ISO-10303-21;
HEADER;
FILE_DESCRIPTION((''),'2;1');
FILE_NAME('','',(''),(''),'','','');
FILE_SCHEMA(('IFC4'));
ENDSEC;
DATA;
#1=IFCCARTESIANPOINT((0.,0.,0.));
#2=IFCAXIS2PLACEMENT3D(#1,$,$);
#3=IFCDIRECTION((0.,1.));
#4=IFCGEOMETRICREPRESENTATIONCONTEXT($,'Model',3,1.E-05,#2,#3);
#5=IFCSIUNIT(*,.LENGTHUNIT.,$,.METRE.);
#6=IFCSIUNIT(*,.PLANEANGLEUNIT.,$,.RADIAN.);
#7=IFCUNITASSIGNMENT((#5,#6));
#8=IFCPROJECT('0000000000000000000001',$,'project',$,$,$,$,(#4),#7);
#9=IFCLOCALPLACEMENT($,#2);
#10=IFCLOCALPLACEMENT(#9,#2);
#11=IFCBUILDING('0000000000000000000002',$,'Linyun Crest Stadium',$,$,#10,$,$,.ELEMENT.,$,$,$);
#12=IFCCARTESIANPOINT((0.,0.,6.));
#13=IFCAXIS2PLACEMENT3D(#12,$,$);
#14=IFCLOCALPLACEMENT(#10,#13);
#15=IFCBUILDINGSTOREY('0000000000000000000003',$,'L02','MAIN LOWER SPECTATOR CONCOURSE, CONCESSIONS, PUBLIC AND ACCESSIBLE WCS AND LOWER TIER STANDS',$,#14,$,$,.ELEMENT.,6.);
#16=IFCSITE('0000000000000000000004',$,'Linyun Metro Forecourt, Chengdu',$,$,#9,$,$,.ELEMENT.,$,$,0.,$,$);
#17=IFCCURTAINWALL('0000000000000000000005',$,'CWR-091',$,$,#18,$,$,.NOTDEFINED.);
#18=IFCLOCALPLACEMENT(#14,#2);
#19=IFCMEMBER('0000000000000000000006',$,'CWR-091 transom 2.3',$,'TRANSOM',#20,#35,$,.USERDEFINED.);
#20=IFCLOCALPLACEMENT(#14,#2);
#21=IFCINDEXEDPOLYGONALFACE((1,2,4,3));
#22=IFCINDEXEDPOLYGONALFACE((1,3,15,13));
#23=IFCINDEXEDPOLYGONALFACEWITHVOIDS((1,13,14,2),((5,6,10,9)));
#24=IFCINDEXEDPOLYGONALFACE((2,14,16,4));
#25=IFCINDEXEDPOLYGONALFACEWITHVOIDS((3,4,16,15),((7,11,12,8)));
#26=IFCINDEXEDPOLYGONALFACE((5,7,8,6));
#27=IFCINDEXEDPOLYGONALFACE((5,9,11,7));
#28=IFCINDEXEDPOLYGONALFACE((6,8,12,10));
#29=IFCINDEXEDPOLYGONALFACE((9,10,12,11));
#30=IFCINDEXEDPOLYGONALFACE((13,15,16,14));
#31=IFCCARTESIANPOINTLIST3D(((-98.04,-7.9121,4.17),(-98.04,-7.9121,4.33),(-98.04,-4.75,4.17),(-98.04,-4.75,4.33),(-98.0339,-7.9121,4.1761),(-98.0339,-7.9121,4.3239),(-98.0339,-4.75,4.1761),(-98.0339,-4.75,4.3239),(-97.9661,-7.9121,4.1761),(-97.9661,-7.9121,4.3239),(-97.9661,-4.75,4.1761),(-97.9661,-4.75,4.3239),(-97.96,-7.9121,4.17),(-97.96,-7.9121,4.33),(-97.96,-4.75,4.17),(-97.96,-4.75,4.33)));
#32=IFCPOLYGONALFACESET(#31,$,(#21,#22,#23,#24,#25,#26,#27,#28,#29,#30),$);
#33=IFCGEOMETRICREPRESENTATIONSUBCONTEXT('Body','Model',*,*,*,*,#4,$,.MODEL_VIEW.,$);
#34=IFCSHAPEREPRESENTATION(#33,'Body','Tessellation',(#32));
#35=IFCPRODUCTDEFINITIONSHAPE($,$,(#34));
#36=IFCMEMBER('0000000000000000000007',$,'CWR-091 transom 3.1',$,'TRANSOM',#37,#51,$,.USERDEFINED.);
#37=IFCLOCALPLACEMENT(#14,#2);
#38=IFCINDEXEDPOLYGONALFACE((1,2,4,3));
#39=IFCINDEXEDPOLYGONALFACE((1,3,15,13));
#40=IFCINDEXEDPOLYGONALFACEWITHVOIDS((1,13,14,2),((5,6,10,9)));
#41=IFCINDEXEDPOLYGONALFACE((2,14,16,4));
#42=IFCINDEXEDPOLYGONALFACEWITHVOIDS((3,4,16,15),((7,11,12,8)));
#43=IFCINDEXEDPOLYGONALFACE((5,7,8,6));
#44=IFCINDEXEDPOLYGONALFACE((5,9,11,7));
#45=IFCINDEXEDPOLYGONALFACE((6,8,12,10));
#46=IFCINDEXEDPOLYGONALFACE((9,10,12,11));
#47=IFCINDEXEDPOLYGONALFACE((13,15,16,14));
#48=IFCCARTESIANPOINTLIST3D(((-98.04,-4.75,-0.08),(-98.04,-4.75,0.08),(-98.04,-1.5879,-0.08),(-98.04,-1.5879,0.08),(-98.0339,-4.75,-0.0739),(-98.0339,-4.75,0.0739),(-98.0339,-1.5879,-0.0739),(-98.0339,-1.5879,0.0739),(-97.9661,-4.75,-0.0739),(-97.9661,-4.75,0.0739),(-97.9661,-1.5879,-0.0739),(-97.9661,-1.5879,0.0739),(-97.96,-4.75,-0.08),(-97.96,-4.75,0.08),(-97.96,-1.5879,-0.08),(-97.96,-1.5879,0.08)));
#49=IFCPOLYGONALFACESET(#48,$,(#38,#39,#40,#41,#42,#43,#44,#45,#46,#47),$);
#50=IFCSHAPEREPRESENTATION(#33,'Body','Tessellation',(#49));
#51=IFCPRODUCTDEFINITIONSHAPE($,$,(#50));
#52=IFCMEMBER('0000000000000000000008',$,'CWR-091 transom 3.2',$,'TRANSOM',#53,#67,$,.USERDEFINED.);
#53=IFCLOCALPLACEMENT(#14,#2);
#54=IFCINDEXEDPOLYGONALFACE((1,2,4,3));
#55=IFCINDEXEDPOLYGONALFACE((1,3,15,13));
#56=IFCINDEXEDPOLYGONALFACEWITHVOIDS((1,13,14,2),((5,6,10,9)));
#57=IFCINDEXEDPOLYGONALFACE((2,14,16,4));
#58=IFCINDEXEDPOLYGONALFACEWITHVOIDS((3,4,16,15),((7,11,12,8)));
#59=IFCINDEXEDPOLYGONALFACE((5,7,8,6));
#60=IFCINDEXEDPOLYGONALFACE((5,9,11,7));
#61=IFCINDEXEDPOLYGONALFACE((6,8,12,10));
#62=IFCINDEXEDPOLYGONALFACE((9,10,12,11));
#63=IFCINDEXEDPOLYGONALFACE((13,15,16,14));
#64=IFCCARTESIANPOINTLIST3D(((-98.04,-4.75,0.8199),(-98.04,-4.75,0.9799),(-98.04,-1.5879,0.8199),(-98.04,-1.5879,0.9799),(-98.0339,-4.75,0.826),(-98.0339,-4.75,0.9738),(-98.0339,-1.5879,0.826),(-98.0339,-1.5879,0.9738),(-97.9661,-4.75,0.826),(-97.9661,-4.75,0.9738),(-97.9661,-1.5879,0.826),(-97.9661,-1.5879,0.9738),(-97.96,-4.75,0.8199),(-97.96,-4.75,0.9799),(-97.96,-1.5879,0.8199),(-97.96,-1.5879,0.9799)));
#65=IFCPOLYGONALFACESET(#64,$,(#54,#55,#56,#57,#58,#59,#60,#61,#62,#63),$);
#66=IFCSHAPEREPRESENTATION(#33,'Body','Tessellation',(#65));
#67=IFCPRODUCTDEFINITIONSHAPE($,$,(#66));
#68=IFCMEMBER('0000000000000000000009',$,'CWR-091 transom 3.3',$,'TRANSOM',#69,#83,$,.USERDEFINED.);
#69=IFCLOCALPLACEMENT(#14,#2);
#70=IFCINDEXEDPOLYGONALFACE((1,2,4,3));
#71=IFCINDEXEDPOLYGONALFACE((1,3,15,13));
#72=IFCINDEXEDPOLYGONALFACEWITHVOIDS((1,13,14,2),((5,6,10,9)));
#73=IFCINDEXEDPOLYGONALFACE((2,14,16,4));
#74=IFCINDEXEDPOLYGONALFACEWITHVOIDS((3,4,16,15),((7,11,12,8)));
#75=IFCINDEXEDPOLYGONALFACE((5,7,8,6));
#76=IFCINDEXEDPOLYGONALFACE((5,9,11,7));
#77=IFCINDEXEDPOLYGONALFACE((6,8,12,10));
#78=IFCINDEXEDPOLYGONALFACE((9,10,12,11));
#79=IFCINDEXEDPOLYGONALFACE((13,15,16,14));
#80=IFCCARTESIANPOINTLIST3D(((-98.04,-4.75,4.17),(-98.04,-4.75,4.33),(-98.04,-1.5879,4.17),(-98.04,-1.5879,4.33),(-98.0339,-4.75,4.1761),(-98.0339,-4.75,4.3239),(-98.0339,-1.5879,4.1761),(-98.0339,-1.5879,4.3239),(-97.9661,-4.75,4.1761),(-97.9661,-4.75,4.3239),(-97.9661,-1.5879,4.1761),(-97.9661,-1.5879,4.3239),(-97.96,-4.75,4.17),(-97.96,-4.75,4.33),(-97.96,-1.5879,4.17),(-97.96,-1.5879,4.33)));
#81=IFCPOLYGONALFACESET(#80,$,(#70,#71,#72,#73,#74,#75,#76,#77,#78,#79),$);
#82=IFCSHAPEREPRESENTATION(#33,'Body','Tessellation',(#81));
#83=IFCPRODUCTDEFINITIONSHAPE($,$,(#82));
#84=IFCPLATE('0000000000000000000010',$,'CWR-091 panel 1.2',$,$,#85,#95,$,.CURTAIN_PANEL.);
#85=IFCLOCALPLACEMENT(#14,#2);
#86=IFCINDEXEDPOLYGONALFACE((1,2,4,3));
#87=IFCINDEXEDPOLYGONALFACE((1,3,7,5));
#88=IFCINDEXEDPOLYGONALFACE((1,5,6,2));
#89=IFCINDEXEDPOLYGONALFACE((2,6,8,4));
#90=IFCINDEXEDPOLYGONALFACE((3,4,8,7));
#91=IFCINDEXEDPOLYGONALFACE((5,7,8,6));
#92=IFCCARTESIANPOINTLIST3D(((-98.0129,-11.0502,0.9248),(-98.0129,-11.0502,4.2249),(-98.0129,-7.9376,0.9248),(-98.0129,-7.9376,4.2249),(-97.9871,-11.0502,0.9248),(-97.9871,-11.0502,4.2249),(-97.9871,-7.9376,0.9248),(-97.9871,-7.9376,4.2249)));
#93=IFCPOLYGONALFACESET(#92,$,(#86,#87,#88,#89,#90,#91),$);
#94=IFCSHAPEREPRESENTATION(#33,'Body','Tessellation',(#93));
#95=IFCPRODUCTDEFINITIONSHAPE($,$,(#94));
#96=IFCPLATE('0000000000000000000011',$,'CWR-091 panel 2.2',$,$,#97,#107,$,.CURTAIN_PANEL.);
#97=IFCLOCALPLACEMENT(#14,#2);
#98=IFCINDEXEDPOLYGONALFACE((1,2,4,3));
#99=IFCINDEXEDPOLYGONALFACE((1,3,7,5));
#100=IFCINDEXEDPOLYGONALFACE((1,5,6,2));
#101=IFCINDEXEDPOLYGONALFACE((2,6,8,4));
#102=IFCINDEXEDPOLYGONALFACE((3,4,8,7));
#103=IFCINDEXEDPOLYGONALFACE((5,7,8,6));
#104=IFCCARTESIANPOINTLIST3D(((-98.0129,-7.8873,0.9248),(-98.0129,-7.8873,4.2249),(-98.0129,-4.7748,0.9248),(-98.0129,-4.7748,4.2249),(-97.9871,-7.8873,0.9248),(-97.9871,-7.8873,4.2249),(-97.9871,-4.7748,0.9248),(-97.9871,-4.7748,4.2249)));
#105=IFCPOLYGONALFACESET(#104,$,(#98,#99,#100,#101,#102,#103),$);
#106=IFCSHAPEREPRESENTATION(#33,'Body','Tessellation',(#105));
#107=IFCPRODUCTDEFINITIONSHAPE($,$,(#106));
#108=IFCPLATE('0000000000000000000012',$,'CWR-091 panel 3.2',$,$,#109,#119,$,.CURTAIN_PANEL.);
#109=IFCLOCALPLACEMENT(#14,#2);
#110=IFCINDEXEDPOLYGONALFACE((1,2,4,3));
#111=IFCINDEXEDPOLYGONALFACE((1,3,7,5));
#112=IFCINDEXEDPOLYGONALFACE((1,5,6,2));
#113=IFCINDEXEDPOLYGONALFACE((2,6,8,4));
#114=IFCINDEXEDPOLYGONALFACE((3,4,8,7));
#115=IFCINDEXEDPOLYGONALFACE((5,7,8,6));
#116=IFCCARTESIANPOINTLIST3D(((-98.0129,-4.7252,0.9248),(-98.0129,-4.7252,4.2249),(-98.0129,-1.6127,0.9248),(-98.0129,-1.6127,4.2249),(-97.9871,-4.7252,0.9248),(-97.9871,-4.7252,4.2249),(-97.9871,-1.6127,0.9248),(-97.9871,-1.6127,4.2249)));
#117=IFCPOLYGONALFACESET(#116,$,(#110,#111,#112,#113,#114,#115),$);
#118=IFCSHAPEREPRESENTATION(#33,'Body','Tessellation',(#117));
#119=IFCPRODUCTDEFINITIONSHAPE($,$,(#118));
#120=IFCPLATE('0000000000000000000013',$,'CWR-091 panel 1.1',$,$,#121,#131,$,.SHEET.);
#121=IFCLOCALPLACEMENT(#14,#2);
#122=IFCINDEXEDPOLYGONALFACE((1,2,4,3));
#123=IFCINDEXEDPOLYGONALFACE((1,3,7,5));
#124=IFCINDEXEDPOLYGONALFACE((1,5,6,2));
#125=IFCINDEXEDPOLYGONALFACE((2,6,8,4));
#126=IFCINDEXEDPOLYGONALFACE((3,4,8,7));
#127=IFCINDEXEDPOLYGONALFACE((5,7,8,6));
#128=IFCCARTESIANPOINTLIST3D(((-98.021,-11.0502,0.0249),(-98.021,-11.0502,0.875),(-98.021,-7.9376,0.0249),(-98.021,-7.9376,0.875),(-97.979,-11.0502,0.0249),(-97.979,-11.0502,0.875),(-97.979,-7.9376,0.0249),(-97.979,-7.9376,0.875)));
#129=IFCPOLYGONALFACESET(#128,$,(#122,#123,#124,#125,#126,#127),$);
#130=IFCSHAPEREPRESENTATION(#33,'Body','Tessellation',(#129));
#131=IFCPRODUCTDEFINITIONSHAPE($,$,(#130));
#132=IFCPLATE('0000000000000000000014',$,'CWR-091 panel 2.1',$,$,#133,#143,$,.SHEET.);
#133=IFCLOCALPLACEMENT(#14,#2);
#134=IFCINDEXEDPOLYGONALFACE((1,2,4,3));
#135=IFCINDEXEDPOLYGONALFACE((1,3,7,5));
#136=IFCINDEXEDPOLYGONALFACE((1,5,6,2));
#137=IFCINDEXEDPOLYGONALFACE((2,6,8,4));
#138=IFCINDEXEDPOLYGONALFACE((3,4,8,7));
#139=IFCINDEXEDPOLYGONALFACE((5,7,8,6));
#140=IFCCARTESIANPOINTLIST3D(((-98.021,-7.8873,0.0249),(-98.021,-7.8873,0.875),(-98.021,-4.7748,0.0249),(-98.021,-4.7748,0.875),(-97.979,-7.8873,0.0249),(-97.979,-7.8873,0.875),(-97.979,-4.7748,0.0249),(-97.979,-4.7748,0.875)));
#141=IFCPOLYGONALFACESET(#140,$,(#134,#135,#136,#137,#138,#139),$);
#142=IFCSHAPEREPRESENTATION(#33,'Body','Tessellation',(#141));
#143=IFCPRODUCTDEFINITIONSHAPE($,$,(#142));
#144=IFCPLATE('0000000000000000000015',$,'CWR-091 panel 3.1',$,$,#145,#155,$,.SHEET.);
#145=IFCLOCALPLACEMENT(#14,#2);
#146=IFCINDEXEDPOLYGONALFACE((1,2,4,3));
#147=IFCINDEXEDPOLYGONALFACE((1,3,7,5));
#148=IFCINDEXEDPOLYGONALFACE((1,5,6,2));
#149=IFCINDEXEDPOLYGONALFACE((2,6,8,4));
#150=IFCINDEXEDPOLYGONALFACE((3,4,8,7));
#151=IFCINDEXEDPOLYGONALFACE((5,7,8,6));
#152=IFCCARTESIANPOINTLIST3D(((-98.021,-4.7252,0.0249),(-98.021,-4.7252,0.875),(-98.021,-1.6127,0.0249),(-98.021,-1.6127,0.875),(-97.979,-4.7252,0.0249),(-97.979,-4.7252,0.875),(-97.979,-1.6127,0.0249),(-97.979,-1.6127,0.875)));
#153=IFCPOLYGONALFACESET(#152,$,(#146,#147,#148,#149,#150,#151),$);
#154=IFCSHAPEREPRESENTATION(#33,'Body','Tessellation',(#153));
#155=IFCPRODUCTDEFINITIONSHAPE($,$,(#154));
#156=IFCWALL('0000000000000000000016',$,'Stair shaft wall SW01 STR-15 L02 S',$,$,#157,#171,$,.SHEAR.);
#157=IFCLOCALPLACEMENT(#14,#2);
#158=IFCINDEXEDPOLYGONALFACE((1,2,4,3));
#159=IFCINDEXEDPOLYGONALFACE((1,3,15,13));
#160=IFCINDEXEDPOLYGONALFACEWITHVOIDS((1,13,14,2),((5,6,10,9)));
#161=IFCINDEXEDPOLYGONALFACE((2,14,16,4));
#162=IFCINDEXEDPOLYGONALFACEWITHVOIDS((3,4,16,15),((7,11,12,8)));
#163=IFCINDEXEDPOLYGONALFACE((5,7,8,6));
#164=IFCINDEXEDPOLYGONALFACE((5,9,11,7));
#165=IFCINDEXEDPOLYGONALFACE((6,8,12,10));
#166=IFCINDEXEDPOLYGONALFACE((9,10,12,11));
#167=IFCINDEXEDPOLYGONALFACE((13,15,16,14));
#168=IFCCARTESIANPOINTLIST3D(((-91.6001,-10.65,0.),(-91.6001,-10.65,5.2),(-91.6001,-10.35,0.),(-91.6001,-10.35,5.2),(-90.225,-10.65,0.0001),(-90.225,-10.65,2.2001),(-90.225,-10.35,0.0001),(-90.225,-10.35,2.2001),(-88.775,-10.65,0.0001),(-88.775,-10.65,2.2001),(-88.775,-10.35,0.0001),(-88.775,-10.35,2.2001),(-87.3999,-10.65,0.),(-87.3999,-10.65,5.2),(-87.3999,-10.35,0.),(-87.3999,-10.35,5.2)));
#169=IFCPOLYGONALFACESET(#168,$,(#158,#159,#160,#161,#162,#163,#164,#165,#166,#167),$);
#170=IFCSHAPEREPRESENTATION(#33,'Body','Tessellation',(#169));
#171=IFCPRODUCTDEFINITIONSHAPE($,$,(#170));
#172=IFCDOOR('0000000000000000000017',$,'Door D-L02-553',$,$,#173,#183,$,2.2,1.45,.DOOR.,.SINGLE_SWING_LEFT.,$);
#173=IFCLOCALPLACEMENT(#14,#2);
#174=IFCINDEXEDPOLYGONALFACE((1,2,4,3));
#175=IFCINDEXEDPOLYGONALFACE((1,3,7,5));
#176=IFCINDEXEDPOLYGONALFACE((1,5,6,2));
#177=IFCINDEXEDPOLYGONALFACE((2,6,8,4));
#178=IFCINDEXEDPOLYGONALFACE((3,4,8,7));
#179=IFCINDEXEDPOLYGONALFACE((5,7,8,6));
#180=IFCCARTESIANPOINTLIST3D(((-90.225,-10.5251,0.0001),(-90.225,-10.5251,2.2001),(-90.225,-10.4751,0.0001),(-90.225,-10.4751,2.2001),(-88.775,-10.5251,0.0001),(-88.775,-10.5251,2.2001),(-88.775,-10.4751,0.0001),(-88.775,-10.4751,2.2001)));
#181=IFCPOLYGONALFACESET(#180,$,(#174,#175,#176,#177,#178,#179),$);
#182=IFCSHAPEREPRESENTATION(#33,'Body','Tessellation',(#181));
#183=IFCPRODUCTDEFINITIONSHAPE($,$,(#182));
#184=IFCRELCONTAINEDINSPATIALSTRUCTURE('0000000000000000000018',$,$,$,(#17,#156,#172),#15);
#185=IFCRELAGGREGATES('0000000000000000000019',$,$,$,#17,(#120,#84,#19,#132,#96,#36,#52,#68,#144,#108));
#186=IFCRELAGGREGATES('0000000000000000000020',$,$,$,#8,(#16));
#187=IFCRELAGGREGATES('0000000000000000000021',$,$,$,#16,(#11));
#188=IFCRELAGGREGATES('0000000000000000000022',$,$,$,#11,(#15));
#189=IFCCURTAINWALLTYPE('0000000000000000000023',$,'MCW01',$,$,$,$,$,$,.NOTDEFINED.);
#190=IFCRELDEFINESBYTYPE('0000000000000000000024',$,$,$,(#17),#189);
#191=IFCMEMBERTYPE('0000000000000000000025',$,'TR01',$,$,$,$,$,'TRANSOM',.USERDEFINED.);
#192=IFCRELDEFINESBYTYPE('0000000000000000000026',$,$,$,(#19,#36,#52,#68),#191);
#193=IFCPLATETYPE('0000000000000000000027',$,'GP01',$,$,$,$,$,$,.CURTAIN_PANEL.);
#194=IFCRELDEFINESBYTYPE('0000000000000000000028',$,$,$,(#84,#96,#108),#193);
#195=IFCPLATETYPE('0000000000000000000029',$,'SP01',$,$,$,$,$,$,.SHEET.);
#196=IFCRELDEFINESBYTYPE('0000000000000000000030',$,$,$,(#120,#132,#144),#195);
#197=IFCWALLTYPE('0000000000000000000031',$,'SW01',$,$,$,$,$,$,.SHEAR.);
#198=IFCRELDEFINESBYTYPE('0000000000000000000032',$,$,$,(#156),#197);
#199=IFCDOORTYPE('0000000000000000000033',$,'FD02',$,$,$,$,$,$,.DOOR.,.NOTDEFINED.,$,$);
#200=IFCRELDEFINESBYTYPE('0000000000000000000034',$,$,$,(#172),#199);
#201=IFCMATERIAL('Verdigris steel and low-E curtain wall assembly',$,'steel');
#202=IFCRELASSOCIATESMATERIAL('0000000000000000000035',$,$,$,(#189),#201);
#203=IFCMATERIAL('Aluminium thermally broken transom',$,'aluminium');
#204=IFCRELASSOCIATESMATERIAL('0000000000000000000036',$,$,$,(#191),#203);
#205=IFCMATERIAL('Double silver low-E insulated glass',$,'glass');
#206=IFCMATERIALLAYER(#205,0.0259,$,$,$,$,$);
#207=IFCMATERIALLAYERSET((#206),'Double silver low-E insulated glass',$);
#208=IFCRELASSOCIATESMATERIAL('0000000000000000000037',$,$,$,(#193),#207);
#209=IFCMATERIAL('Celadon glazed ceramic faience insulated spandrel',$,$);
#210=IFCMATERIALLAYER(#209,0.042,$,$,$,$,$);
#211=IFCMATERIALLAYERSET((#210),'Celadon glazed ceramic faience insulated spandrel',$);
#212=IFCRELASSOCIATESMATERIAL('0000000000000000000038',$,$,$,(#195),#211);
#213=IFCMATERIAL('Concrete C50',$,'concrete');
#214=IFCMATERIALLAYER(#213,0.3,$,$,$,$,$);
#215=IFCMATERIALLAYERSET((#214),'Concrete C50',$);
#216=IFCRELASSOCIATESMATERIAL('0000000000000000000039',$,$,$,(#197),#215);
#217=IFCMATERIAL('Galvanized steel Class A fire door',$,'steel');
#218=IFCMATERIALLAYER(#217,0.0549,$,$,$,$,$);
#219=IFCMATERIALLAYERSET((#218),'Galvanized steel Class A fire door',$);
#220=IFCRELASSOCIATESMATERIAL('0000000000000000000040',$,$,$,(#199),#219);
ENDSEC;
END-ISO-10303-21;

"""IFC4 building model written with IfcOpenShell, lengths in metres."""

from ifc_helpers import new_model, si_unit, direction, frame, frame_2d, origin, origin_2d, place, context, subcontext, project, spatial, rectangle, hollow_rectangle, extrude, material, layer, layer_set, material_profile, profile_set, type_object, element, fill, aggregate, save


model = new_model("IFC4")

# Units and contexts
model_context = context("Model", 3, precision=1e-05, world=origin(), true_north=direction((0.0, 1.0)))
body_context = subcontext(model_context, "Body", "Model", "MODEL_VIEW")
ifc_project = project(units=[si_unit("LENGTHUNIT", "METRE"), si_unit("PLANEANGLEUNIT", "RADIAN")], contexts=[model_context])

# Site, building, storey
site_placement = place(None, origin())
site = spatial("IfcSite", under=ifc_project, at=site_placement, Name="Linyun Metro Forecourt, Chengdu", CompositionType="ELEMENT", RefElevation=0.0)
building_placement = place(site_placement, origin())
building = spatial("IfcBuilding", under=site, at=building_placement, Name="Linyun Crest Stadium", CompositionType="ELEMENT")
storey_placement = place(building_placement, frame((0.0, 0.0, 6.0)))
storey = spatial("IfcBuildingStorey", under=building, at=storey_placement, Name="L02", Description="MAIN LOWER SPECTATOR CONCOURSE, CONCESSIONS, PUBLIC AND ACCESSIBLE WCS AND LOWER TIER STANDS", CompositionType="ELEMENT", Elevation=6.0)

# Curtain wall
ifc_material_1 = material(Name="Verdigris steel and low-E curtain wall assembly", Category="steel")
curtain_wall_type = type_object("IfcCurtainWallType", Name="MCW01", PredefinedType="NOTDEFINED", material=ifc_material_1)
curtain_wall_placement = place(storey_placement, origin())
curtain_wall = element("IfcCurtainWall", 1, at=curtain_wall_placement, inside=storey, type_object=curtain_wall_type, Name="CWR-091", PredefinedType="NOTDEFINED")

# Members
ifc_material_2 = material(Name="Aluminium thermally broken transom", Category="aluminium")
ifc_material_profile_1 = material_profile(ifc_material_2, hollow_rectangle(XDim=0.0801, YDim=0.1599, WallThickness=0.0061, at=origin_2d()), Name="RHS 160x80x6")
ifc_profile_set_1 = profile_set([ifc_material_profile_1], Name="Aluminium thermally broken transom")
member_type_1 = type_object("IfcMemberType", Name="TR01", ElementType="TRANSOM", PredefinedType="USERDEFINED", material=ifc_profile_set_1)
member_1_placement = place(storey_placement, frame((-98.0, -7.9121, 4.25), z_axis=(0.0, 1.0, 0.0), x_axis=(-1.0, 0.0, 0.0)))
member_1 = element("IfcMember", 2, at=member_1_placement, type_object=member_type_1, Name="CWR-091 transom 2.3", ObjectType="TRANSOM", PredefinedType="USERDEFINED", context=body_context, shape_type="SweptSolid", body=[
    extrude(hollow_rectangle(XDim=0.0801, YDim=0.1599, WallThickness=0.0061, at=origin_2d()), origin(), (0.0, 0.0, 1.0), 3.1621),
])
member_2_placement = place(storey_placement, frame((-98.0, -4.75, 0.0), z_axis=(0.0, 1.0, 0.0), x_axis=(-1.0, 0.0, 0.0)))
member_2 = element("IfcMember", 3, at=member_2_placement, type_object=member_type_1, Name="CWR-091 transom 3.1", ObjectType="TRANSOM", PredefinedType="USERDEFINED", context=body_context, shape_type="SweptSolid", body=[
    extrude(hollow_rectangle(XDim=0.0801, YDim=0.1599, WallThickness=0.0061, at=origin_2d()), origin(), (0.0, 0.0, 1.0), 3.1621),
])
member_3_placement = place(storey_placement, frame((-98.0, -4.75, 0.8999), z_axis=(0.0, 1.0, 0.0), x_axis=(-1.0, 0.0, 0.0)))
member_3 = element("IfcMember", 4, at=member_3_placement, type_object=member_type_1, Name="CWR-091 transom 3.2", ObjectType="TRANSOM", PredefinedType="USERDEFINED", context=body_context, shape_type="SweptSolid", body=[
    extrude(hollow_rectangle(XDim=0.0801, YDim=0.1599, WallThickness=0.0061, at=origin_2d()), origin(), (0.0, 0.0, 1.0), 3.1621),
])
member_4_placement = place(storey_placement, frame((-98.0, -4.75, 4.25), z_axis=(0.0, 1.0, 0.0), x_axis=(-1.0, 0.0, 0.0)))
member_4 = element("IfcMember", 5, at=member_4_placement, type_object=member_type_1, Name="CWR-091 transom 3.3", ObjectType="TRANSOM", PredefinedType="USERDEFINED", context=body_context, shape_type="SweptSolid", body=[
    extrude(hollow_rectangle(XDim=0.0801, YDim=0.1599, WallThickness=0.0061, at=origin_2d()), origin(), (0.0, 0.0, 1.0), 3.1621),
])

# Plates
ifc_material_3 = material(Name="Double silver low-E insulated glass", Category="glass")
ifc_layer_1 = layer(ifc_material_3, 0.0259)
ifc_layer_set_1 = layer_set([ifc_layer_1], Name="Double silver low-E insulated glass")
plate_type_1 = type_object("IfcPlateType", Name="GP01", PredefinedType="CURTAIN_PANEL", material=ifc_layer_set_1)
plate_1_placement = place(storey_placement, frame((-98.0, -9.4939, 0.9248), z_axis=(0.0, 0.0, 1.0), x_axis=(0.0, 1.0, 0.0)))
plate_1 = element("IfcPlate", 6, at=plate_1_placement, type_object=plate_type_1, Name="CWR-091 panel 1.2", PredefinedType="CURTAIN_PANEL", context=body_context, shape_type="SweptSolid", body=[
    extrude(rectangle(XDim=3.1125, YDim=0.0259, at=origin_2d()), origin(), (0.0, 0.0, 1.0), 3.3),
])
plate_2_placement = place(storey_placement, frame((-98.0, -6.3311, 0.9248), z_axis=(0.0, 0.0, 1.0), x_axis=(0.0, 1.0, 0.0)))
plate_2 = element("IfcPlate", 7, at=plate_2_placement, type_object=plate_type_1, Name="CWR-091 panel 2.2", PredefinedType="CURTAIN_PANEL", context=body_context, shape_type="SweptSolid", body=[
    extrude(rectangle(XDim=3.1125, YDim=0.0259, at=origin_2d()), origin(), (0.0, 0.0, 1.0), 3.3),
])
plate_3_placement = place(storey_placement, frame((-98.0, -3.1689, 0.9248), z_axis=(0.0, 0.0, 1.0), x_axis=(0.0, 1.0, 0.0)))
plate_3 = element("IfcPlate", 8, at=plate_3_placement, type_object=plate_type_1, Name="CWR-091 panel 3.2", PredefinedType="CURTAIN_PANEL", context=body_context, shape_type="SweptSolid", body=[
    extrude(rectangle(XDim=3.1125, YDim=0.0259, at=origin_2d()), origin(), (0.0, 0.0, 1.0), 3.3),
])
ifc_material_4 = material(Name="Celadon glazed ceramic faience insulated spandrel")
ifc_layer_2 = layer(ifc_material_4, 0.042)
ifc_layer_set_2 = layer_set([ifc_layer_2], Name="Celadon glazed ceramic faience insulated spandrel")
plate_type_2 = type_object("IfcPlateType", Name="SP01", PredefinedType="SHEET", material=ifc_layer_set_2)
plate_4_placement = place(storey_placement, frame((-98.0, -9.4939, 0.0249), z_axis=(0.0, 0.0, 1.0), x_axis=(0.0, 1.0, 0.0)))
plate_4 = element("IfcPlate", 9, at=plate_4_placement, type_object=plate_type_2, Name="CWR-091 panel 1.1", PredefinedType="SHEET", context=body_context, shape_type="SweptSolid", body=[
    extrude(rectangle(XDim=3.1125, YDim=0.042, at=origin_2d()), origin(), (0.0, 0.0, 1.0), 0.8501),
])
plate_5_placement = place(storey_placement, frame((-98.0, -6.3311, 0.0249), z_axis=(0.0, 0.0, 1.0), x_axis=(0.0, 1.0, 0.0)))
plate_5 = element("IfcPlate", 10, at=plate_5_placement, type_object=plate_type_2, Name="CWR-091 panel 2.1", PredefinedType="SHEET", context=body_context, shape_type="SweptSolid", body=[
    extrude(rectangle(XDim=3.1125, YDim=0.042, at=origin_2d()), origin(), (0.0, 0.0, 1.0), 0.8501),
])
plate_6_placement = place(storey_placement, frame((-98.0, -3.1689, 0.0249), z_axis=(0.0, 0.0, 1.0), x_axis=(0.0, 1.0, 0.0)))
plate_6 = element("IfcPlate", 11, at=plate_6_placement, type_object=plate_type_2, Name="CWR-091 panel 3.1", PredefinedType="SHEET", context=body_context, shape_type="SweptSolid", body=[
    extrude(rectangle(XDim=3.1125, YDim=0.042, at=origin_2d()), origin(), (0.0, 0.0, 1.0), 0.8501),
])
aggregate(curtain_wall, [plate_4, plate_1, member_1, plate_5, plate_2, member_2, member_3, member_4, plate_6, plate_3])

# Wall, opening, door
ifc_material_5 = material(Name="Concrete C50", Category="concrete")
ifc_layer_3 = layer(ifc_material_5, 0.3)
ifc_layer_set_3 = layer_set([ifc_layer_3], Name="Concrete C50")
wall_type = type_object("IfcWallType", Name="SW01", PredefinedType="SHEAR", material=ifc_layer_set_3)
wall_1_placement = place(storey_placement, frame((-91.6001, -10.5, 0.0), z_axis=(0.0, 0.0, 1.0), x_axis=(1.0, 0.0, 0.0)))
wall_1 = element("IfcWall", 12, at=wall_1_placement, inside=storey, type_object=wall_type, Name="Stair shaft wall SW01 STR-15 L02 S", PredefinedType="SHEAR", context=body_context, shape_type="SweptSolid", body=[
    extrude(rectangle(XDim=4.2002, YDim=0.3, at=frame_2d((2.1001, 0.0))), origin(), (0.0, 0.0, 1.0), 5.2),
])
opening_placement = place(wall_1_placement, frame((1.375, 0.0, 0.0)))
opening = element("IfcOpeningElement", 13, at=opening_placement, cuts=wall_1, PredefinedType="OPENING", context=body_context, shape_type="SweptSolid", body=[
    extrude(rectangle(XDim=1.45, YDim=2.2, at=frame_2d((0.7251, 1.1001))), frame((0.0, 0.1599, 0.0), z_axis=(0.0, -1.0, 0.0), x_axis=(1.0, 0.0, 0.0)), (0.0, 0.0, 1.0), 0.3201),
])
ifc_material_6 = material(Name="Galvanized steel Class A fire door", Category="steel")
ifc_layer_4 = layer(ifc_material_6, 0.0549)
ifc_layer_set_4 = layer_set([ifc_layer_4], Name="Galvanized steel Class A fire door")
door_type = type_object("IfcDoorType", Name="FD02", OperationType="NOTDEFINED", PredefinedType="DOOR", material=ifc_layer_set_4)
door_placement = place(opening_placement, origin())
door = element("IfcDoor", 14, at=door_placement, inside=storey, type_object=door_type, Name="Door D-L02-553", OperationType="SINGLE_SWING_LEFT", OverallHeight=2.2, OverallWidth=1.45, PredefinedType="DOOR", context=body_context, shape_type="SweptSolid", body=[
    extrude(rectangle(XDim=1.45, YDim=2.2, at=frame_2d((0.7251, 1.1001))), frame((0.0, 0.0249, 0.0), z_axis=(0.0, -1.0, 0.0), x_axis=(1.0, 0.0, 0.0)), (0.0, 0.0, 1.0), 0.05),
])
fill(opening, door)

save(model, "model.ifc")
